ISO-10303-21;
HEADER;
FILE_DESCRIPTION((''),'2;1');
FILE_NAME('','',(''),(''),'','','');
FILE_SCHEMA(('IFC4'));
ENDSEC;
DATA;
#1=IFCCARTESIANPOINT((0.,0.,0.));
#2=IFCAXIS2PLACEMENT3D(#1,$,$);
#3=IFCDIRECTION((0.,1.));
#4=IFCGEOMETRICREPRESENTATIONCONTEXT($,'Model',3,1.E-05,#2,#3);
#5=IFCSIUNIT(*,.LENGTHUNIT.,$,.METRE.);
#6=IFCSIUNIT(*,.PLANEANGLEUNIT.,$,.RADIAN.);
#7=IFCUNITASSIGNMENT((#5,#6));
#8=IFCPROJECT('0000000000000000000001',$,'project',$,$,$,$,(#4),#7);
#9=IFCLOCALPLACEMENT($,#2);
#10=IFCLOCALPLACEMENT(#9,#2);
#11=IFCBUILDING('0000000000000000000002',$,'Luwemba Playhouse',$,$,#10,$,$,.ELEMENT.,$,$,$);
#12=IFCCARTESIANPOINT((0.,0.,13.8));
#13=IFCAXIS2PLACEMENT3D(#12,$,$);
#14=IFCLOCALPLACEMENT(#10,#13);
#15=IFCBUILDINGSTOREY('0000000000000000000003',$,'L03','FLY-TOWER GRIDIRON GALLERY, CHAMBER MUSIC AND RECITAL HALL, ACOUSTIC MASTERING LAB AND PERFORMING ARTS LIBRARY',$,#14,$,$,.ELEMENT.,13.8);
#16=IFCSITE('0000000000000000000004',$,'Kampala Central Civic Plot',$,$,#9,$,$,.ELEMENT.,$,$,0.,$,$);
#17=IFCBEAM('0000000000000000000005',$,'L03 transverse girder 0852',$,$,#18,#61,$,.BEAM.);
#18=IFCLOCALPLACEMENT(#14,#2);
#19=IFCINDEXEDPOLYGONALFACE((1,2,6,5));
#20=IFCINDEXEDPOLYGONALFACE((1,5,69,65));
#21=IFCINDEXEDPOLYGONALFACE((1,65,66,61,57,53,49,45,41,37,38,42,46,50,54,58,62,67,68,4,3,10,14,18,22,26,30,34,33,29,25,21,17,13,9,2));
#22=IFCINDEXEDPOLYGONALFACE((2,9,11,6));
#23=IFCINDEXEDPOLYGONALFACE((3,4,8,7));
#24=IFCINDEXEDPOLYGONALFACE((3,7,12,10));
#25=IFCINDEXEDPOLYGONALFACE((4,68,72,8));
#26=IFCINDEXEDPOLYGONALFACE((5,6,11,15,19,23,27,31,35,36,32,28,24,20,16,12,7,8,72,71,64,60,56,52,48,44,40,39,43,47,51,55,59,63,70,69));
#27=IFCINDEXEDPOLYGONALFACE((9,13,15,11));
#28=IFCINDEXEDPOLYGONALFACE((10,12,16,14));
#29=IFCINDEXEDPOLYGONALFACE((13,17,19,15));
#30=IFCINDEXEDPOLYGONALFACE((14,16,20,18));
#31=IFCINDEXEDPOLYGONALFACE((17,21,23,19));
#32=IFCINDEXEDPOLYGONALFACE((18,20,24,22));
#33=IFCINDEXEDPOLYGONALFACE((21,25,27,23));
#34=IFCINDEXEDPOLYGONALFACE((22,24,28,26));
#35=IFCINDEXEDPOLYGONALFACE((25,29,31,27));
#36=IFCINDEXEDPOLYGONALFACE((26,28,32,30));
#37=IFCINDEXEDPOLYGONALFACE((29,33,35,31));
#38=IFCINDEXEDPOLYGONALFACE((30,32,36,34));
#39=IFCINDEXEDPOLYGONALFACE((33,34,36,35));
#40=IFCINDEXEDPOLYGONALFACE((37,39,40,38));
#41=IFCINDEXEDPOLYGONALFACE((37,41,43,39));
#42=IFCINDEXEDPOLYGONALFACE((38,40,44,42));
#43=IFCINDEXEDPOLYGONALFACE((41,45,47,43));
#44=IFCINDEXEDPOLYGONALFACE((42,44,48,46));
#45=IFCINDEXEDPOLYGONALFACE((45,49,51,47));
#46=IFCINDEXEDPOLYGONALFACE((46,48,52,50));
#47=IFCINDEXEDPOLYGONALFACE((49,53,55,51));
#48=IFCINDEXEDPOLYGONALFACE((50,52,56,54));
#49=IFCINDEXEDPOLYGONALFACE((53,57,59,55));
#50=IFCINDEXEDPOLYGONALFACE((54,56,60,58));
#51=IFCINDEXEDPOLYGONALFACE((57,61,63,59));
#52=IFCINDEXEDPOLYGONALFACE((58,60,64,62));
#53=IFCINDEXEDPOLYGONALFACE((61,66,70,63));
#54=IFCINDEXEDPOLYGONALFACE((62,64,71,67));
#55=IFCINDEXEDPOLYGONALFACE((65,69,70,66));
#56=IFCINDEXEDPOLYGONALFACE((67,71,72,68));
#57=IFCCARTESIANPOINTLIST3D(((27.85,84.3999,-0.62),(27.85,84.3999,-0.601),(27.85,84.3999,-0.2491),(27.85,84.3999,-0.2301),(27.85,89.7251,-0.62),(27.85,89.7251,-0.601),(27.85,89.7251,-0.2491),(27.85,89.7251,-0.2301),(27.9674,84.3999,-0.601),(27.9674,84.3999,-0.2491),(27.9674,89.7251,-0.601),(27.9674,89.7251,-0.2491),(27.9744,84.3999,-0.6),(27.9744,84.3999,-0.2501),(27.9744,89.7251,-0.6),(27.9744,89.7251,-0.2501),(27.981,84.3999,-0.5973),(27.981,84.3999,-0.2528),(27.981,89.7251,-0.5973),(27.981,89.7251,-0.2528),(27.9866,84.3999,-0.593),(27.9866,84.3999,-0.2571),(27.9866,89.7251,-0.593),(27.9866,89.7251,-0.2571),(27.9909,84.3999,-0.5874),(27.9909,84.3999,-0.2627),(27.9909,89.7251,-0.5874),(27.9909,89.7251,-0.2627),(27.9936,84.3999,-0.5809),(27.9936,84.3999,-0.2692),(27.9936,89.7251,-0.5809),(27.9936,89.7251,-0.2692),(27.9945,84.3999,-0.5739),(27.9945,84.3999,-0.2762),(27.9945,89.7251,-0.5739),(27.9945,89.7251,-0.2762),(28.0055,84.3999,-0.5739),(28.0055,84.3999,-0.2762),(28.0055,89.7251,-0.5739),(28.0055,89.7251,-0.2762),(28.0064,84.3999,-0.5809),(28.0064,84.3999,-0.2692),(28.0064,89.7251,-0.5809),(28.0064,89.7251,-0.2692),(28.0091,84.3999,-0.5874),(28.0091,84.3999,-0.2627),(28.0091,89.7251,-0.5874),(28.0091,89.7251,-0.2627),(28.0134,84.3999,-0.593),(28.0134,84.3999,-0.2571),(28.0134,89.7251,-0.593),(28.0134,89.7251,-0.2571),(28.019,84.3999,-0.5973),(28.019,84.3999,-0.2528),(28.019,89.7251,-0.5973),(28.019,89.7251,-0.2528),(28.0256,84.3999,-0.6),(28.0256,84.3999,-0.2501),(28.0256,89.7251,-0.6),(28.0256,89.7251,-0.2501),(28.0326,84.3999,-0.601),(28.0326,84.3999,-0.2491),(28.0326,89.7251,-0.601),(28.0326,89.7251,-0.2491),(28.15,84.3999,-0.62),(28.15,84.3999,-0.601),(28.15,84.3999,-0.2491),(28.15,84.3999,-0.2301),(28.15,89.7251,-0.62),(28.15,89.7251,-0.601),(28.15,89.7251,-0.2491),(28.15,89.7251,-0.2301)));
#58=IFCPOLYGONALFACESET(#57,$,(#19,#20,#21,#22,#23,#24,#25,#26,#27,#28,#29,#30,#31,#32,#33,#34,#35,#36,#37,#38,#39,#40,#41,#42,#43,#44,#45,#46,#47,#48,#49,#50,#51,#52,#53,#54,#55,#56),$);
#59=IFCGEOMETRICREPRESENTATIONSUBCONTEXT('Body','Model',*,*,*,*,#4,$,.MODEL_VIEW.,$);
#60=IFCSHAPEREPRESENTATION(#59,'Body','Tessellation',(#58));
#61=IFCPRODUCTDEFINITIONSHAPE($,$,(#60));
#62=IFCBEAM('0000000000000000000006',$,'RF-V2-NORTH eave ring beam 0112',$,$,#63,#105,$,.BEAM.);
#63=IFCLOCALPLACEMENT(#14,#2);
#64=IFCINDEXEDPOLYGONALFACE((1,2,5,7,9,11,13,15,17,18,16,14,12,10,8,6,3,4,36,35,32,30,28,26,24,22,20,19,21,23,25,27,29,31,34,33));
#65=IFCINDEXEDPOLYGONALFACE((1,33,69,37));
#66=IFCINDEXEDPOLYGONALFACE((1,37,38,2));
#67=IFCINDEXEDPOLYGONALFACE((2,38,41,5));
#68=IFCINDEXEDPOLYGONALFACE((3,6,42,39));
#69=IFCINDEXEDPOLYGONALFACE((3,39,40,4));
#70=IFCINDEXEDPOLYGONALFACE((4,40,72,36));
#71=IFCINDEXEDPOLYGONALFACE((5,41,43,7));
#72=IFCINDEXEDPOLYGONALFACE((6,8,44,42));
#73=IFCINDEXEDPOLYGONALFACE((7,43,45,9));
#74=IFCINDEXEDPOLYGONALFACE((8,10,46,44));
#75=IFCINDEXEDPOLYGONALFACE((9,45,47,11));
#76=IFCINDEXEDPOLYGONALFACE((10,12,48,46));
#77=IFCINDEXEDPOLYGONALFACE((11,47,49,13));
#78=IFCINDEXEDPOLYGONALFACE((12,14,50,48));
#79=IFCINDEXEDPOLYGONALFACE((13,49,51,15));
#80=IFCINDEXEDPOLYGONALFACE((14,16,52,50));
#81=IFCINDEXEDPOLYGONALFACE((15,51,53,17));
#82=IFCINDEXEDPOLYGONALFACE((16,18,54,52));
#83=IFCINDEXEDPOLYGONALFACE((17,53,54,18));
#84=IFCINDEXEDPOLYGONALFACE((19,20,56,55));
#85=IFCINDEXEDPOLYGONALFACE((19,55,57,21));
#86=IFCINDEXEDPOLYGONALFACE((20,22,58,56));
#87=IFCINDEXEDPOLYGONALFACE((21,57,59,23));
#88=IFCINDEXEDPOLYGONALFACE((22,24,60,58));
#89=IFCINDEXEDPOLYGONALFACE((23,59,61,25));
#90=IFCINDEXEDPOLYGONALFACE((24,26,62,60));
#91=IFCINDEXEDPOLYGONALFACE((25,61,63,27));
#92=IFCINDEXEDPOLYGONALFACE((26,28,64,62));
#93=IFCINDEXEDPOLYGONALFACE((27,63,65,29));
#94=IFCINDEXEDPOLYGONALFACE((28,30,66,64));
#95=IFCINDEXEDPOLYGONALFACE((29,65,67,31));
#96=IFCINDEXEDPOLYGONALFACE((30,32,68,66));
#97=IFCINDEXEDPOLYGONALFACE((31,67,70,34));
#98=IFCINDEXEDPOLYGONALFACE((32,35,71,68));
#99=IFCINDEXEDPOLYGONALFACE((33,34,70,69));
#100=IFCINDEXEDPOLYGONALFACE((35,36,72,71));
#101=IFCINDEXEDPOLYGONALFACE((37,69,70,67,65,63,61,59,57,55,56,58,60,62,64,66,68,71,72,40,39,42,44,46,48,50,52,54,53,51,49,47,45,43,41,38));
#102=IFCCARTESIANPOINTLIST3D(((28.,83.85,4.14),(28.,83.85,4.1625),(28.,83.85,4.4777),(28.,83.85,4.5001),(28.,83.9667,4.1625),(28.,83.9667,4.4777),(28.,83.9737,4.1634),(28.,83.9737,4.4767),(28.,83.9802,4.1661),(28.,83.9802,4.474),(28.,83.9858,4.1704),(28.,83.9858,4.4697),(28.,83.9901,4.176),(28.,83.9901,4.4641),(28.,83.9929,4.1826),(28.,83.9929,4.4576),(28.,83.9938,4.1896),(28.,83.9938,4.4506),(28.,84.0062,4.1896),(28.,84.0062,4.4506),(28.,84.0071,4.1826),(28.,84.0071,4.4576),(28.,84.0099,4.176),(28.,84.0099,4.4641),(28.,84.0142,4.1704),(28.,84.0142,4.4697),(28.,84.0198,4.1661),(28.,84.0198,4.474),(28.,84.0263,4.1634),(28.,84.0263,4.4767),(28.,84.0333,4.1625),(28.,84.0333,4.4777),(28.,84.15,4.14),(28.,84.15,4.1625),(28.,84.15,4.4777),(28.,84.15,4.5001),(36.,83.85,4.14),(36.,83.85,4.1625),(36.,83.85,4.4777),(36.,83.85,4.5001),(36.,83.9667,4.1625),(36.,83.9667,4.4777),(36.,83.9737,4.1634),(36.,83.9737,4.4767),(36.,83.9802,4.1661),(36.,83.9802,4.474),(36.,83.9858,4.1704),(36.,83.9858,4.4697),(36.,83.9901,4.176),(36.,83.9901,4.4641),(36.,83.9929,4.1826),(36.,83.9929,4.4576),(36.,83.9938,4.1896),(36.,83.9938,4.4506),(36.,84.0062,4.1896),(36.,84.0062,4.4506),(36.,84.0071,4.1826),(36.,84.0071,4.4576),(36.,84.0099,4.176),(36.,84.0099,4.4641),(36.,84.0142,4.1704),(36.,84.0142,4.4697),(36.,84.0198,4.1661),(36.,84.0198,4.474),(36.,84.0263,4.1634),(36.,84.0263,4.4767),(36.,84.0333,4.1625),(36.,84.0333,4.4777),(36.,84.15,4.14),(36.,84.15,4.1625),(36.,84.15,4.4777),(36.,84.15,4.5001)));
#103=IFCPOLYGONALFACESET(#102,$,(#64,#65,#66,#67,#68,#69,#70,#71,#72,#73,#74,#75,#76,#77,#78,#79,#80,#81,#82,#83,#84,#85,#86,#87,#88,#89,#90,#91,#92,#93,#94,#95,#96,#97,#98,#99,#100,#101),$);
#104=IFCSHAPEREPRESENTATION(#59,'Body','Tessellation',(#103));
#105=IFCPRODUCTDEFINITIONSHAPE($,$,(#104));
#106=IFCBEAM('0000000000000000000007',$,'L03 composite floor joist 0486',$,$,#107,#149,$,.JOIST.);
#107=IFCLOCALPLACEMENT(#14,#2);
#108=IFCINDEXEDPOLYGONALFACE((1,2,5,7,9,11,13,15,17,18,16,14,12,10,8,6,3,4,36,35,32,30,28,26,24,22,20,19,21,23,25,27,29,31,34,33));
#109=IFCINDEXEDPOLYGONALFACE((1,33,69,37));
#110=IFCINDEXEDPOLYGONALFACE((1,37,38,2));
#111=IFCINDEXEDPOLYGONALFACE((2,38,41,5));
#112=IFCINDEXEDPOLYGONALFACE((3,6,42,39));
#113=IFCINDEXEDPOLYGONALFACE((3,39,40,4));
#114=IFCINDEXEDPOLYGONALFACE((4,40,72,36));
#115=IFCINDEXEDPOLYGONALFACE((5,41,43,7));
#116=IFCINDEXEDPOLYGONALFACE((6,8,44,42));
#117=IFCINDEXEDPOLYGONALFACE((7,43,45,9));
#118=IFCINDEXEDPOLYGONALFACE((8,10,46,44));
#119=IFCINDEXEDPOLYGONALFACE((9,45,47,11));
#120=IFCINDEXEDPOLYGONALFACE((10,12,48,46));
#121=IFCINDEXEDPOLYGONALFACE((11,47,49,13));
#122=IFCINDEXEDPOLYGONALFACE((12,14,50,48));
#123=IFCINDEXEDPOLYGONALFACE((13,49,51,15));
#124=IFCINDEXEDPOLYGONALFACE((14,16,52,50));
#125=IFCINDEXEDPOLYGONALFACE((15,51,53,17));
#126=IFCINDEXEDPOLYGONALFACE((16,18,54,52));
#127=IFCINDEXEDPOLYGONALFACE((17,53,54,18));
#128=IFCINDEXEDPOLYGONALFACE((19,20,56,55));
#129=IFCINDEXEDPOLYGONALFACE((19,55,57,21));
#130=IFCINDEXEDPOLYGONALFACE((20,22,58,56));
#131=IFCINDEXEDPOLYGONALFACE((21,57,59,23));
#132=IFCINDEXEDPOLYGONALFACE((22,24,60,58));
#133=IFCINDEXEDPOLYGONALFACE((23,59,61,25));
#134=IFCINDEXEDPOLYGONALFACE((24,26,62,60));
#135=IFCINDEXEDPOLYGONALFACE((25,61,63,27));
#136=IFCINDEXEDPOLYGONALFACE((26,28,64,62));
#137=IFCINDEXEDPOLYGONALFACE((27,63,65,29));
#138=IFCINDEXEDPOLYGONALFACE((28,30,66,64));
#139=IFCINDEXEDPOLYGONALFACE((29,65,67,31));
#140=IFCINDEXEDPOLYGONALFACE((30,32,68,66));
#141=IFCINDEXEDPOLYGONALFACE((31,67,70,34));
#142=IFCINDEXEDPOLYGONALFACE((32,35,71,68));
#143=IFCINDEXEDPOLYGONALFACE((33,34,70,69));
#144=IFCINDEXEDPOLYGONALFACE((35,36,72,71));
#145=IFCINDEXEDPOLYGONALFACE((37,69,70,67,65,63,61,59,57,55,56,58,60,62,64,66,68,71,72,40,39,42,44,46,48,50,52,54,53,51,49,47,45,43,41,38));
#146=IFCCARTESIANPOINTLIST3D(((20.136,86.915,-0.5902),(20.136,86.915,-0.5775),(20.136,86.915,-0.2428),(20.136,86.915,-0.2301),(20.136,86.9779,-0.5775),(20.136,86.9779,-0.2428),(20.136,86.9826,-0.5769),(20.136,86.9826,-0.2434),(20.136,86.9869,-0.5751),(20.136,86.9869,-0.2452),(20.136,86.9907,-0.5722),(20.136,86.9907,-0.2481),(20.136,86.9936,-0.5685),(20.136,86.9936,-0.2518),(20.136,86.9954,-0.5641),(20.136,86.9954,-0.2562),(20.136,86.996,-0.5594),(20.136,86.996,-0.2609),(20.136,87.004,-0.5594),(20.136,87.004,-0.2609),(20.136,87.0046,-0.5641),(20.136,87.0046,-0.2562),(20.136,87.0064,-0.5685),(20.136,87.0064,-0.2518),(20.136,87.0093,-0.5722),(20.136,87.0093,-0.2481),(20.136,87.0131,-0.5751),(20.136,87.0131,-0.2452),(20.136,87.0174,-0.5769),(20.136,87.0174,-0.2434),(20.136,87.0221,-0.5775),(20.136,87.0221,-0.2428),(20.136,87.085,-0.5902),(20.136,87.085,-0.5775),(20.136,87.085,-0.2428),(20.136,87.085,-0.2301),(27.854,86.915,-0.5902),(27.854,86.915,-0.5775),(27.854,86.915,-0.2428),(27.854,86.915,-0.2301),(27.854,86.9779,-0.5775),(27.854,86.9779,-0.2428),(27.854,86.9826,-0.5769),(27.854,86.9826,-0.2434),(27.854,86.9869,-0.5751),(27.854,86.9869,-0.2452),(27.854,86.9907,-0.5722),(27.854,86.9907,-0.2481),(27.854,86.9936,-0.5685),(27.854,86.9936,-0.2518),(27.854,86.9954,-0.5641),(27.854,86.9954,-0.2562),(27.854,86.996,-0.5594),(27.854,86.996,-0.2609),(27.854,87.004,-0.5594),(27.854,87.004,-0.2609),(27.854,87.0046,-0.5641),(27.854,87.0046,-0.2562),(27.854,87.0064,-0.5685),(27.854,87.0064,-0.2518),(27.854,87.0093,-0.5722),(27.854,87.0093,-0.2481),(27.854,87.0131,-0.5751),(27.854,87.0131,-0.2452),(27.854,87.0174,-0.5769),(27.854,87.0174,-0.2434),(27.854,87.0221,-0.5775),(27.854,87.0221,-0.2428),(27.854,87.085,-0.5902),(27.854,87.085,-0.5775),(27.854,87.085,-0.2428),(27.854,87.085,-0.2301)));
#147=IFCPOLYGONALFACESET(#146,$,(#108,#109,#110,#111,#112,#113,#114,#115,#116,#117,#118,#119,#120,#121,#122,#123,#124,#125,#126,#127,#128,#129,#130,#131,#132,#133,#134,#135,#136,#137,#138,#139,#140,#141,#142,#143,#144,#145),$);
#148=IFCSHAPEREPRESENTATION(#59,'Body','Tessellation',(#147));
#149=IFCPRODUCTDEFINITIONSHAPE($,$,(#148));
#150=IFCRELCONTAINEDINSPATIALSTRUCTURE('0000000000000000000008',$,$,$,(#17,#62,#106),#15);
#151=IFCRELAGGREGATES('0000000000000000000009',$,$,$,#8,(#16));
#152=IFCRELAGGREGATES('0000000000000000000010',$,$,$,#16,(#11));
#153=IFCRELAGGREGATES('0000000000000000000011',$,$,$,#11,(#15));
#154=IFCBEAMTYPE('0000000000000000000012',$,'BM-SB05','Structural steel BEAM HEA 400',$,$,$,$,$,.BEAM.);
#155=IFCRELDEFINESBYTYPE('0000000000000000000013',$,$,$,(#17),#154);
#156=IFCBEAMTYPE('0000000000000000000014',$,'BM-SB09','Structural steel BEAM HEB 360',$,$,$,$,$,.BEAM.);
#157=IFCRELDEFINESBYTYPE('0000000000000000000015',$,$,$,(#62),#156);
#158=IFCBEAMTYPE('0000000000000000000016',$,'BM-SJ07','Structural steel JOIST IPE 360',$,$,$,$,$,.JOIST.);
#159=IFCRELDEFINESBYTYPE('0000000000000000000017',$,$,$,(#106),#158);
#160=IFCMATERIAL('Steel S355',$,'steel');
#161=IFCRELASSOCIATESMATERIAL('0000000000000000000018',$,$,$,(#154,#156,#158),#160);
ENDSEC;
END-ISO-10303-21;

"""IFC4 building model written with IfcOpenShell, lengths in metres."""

from ifc_helpers import new_model, si_unit, direction, frame, origin, origin_2d, place, context, subcontext, project, spatial, i_section, extrude, material, material_profile, profile_set, type_object, element, save


model = new_model("IFC4")

# Units and contexts
model_context = context("Model", 3, precision=1e-05, world=origin(), true_north=direction((0.0, 1.0)))
body_context = subcontext(model_context, "Body", "Model", "MODEL_VIEW")
ifc_project = project(units=[si_unit("LENGTHUNIT", "METRE"), si_unit("PLANEANGLEUNIT", "RADIAN")], contexts=[model_context])

# Site, building, storey
site_placement = place(None, origin())
site = spatial("IfcSite", under=ifc_project, at=site_placement, Name="Kampala Central Civic Plot", CompositionType="ELEMENT", RefElevation=0.0)
building_placement = place(site_placement, origin())
building = spatial("IfcBuilding", under=site, at=building_placement, Name="Luwemba Playhouse", CompositionType="ELEMENT")
storey_placement = place(building_placement, frame((0.0, 0.0, 13.8)))
storey = spatial("IfcBuildingStorey", under=building, at=storey_placement, Name="L03", Description="FLY-TOWER GRIDIRON GALLERY, CHAMBER MUSIC AND RECITAL HALL, ACOUSTIC MASTERING LAB AND PERFORMING ARTS LIBRARY", CompositionType="ELEMENT", Elevation=13.8)

# Beams
ifc_material_1 = material(Name="Steel S355", Category="steel")
ifc_material_profile_1 = material_profile(ifc_material_1, i_section(OverallWidth=0.3, OverallDepth=0.3899, WebThickness=0.011, FlangeThickness=0.019, FilletRadius=0.0271, at=origin_2d()))
ifc_profile_set_1 = profile_set([ifc_material_profile_1], Name="Steel S355")
beam_type_1 = type_object("IfcBeamType", Name="BM-SB05", Description="Structural steel BEAM HEA 400", PredefinedType="BEAM", material=ifc_profile_set_1)
beam_1_placement = place(storey_placement, frame((28.0, 84.3999, -0.425), z_axis=(0.0, 1.0, 0.0), x_axis=(-1.0, 0.0, 0.0)))
element("IfcBeam", 1, at=beam_1_placement, inside=storey, type_object=beam_type_1, Name="L03 transverse girder 0852", PredefinedType="BEAM", context=body_context, shape_type="SweptSolid", body=[
    extrude(i_section(OverallWidth=0.3, OverallDepth=0.3899, WebThickness=0.011, FlangeThickness=0.019, FilletRadius=0.0271, at=origin_2d()), origin(), (0.0, 0.0, 1.0), 5.3252),
])
ifc_material_profile_2 = material_profile(ifc_material_1, i_section(OverallWidth=0.3, OverallDepth=0.3601, WebThickness=0.0125, FlangeThickness=0.0225, FilletRadius=0.0271, at=origin_2d()))
ifc_profile_set_2 = profile_set([ifc_material_profile_2], Name="Steel S355")
beam_type_2 = type_object("IfcBeamType", Name="BM-SB09", Description="Structural steel BEAM HEB 360", PredefinedType="BEAM", material=ifc_profile_set_2)
beam_2_placement = place(storey_placement, frame((28.0, 84.0, 4.3201), z_axis=(1.0, 0.0, 0.0), x_axis=(0.0, 1.0, 0.0)))
element("IfcBeam", 2, at=beam_2_placement, inside=storey, type_object=beam_type_2, Name="RF-V2-NORTH eave ring beam 0112", PredefinedType="BEAM", context=body_context, shape_type="SweptSolid", body=[
    extrude(i_section(OverallWidth=0.3, OverallDepth=0.3601, WebThickness=0.0125, FlangeThickness=0.0225, FilletRadius=0.0271, at=origin_2d()), origin(), (0.0, 0.0, 1.0), 8.0),
])
ifc_material_profile_3 = material_profile(ifc_material_1, i_section(OverallWidth=0.1699, OverallDepth=0.3601, WebThickness=0.0081, FlangeThickness=0.0127, FilletRadius=0.0181, at=origin_2d()))
ifc_profile_set_3 = profile_set([ifc_material_profile_3], Name="Steel S355")
beam_type_3 = type_object("IfcBeamType", Name="BM-SJ07", Description="Structural steel JOIST IPE 360", PredefinedType="JOIST", material=ifc_profile_set_3)
beam_3_placement = place(storey_placement, frame((20.136, 87.0, -0.4102), z_axis=(1.0, 0.0, 0.0), x_axis=(0.0, 1.0, 0.0)))
element("IfcBeam", 3, at=beam_3_placement, inside=storey, type_object=beam_type_3, Name="L03 composite floor joist 0486", PredefinedType="JOIST", context=body_context, shape_type="SweptSolid", body=[
    extrude(i_section(OverallWidth=0.1699, OverallDepth=0.3601, WebThickness=0.0081, FlangeThickness=0.0127, FilletRadius=0.0181, at=origin_2d()), origin(), (0.0, 0.0, 1.0), 7.718),
])

save(model, "model.ifc")
